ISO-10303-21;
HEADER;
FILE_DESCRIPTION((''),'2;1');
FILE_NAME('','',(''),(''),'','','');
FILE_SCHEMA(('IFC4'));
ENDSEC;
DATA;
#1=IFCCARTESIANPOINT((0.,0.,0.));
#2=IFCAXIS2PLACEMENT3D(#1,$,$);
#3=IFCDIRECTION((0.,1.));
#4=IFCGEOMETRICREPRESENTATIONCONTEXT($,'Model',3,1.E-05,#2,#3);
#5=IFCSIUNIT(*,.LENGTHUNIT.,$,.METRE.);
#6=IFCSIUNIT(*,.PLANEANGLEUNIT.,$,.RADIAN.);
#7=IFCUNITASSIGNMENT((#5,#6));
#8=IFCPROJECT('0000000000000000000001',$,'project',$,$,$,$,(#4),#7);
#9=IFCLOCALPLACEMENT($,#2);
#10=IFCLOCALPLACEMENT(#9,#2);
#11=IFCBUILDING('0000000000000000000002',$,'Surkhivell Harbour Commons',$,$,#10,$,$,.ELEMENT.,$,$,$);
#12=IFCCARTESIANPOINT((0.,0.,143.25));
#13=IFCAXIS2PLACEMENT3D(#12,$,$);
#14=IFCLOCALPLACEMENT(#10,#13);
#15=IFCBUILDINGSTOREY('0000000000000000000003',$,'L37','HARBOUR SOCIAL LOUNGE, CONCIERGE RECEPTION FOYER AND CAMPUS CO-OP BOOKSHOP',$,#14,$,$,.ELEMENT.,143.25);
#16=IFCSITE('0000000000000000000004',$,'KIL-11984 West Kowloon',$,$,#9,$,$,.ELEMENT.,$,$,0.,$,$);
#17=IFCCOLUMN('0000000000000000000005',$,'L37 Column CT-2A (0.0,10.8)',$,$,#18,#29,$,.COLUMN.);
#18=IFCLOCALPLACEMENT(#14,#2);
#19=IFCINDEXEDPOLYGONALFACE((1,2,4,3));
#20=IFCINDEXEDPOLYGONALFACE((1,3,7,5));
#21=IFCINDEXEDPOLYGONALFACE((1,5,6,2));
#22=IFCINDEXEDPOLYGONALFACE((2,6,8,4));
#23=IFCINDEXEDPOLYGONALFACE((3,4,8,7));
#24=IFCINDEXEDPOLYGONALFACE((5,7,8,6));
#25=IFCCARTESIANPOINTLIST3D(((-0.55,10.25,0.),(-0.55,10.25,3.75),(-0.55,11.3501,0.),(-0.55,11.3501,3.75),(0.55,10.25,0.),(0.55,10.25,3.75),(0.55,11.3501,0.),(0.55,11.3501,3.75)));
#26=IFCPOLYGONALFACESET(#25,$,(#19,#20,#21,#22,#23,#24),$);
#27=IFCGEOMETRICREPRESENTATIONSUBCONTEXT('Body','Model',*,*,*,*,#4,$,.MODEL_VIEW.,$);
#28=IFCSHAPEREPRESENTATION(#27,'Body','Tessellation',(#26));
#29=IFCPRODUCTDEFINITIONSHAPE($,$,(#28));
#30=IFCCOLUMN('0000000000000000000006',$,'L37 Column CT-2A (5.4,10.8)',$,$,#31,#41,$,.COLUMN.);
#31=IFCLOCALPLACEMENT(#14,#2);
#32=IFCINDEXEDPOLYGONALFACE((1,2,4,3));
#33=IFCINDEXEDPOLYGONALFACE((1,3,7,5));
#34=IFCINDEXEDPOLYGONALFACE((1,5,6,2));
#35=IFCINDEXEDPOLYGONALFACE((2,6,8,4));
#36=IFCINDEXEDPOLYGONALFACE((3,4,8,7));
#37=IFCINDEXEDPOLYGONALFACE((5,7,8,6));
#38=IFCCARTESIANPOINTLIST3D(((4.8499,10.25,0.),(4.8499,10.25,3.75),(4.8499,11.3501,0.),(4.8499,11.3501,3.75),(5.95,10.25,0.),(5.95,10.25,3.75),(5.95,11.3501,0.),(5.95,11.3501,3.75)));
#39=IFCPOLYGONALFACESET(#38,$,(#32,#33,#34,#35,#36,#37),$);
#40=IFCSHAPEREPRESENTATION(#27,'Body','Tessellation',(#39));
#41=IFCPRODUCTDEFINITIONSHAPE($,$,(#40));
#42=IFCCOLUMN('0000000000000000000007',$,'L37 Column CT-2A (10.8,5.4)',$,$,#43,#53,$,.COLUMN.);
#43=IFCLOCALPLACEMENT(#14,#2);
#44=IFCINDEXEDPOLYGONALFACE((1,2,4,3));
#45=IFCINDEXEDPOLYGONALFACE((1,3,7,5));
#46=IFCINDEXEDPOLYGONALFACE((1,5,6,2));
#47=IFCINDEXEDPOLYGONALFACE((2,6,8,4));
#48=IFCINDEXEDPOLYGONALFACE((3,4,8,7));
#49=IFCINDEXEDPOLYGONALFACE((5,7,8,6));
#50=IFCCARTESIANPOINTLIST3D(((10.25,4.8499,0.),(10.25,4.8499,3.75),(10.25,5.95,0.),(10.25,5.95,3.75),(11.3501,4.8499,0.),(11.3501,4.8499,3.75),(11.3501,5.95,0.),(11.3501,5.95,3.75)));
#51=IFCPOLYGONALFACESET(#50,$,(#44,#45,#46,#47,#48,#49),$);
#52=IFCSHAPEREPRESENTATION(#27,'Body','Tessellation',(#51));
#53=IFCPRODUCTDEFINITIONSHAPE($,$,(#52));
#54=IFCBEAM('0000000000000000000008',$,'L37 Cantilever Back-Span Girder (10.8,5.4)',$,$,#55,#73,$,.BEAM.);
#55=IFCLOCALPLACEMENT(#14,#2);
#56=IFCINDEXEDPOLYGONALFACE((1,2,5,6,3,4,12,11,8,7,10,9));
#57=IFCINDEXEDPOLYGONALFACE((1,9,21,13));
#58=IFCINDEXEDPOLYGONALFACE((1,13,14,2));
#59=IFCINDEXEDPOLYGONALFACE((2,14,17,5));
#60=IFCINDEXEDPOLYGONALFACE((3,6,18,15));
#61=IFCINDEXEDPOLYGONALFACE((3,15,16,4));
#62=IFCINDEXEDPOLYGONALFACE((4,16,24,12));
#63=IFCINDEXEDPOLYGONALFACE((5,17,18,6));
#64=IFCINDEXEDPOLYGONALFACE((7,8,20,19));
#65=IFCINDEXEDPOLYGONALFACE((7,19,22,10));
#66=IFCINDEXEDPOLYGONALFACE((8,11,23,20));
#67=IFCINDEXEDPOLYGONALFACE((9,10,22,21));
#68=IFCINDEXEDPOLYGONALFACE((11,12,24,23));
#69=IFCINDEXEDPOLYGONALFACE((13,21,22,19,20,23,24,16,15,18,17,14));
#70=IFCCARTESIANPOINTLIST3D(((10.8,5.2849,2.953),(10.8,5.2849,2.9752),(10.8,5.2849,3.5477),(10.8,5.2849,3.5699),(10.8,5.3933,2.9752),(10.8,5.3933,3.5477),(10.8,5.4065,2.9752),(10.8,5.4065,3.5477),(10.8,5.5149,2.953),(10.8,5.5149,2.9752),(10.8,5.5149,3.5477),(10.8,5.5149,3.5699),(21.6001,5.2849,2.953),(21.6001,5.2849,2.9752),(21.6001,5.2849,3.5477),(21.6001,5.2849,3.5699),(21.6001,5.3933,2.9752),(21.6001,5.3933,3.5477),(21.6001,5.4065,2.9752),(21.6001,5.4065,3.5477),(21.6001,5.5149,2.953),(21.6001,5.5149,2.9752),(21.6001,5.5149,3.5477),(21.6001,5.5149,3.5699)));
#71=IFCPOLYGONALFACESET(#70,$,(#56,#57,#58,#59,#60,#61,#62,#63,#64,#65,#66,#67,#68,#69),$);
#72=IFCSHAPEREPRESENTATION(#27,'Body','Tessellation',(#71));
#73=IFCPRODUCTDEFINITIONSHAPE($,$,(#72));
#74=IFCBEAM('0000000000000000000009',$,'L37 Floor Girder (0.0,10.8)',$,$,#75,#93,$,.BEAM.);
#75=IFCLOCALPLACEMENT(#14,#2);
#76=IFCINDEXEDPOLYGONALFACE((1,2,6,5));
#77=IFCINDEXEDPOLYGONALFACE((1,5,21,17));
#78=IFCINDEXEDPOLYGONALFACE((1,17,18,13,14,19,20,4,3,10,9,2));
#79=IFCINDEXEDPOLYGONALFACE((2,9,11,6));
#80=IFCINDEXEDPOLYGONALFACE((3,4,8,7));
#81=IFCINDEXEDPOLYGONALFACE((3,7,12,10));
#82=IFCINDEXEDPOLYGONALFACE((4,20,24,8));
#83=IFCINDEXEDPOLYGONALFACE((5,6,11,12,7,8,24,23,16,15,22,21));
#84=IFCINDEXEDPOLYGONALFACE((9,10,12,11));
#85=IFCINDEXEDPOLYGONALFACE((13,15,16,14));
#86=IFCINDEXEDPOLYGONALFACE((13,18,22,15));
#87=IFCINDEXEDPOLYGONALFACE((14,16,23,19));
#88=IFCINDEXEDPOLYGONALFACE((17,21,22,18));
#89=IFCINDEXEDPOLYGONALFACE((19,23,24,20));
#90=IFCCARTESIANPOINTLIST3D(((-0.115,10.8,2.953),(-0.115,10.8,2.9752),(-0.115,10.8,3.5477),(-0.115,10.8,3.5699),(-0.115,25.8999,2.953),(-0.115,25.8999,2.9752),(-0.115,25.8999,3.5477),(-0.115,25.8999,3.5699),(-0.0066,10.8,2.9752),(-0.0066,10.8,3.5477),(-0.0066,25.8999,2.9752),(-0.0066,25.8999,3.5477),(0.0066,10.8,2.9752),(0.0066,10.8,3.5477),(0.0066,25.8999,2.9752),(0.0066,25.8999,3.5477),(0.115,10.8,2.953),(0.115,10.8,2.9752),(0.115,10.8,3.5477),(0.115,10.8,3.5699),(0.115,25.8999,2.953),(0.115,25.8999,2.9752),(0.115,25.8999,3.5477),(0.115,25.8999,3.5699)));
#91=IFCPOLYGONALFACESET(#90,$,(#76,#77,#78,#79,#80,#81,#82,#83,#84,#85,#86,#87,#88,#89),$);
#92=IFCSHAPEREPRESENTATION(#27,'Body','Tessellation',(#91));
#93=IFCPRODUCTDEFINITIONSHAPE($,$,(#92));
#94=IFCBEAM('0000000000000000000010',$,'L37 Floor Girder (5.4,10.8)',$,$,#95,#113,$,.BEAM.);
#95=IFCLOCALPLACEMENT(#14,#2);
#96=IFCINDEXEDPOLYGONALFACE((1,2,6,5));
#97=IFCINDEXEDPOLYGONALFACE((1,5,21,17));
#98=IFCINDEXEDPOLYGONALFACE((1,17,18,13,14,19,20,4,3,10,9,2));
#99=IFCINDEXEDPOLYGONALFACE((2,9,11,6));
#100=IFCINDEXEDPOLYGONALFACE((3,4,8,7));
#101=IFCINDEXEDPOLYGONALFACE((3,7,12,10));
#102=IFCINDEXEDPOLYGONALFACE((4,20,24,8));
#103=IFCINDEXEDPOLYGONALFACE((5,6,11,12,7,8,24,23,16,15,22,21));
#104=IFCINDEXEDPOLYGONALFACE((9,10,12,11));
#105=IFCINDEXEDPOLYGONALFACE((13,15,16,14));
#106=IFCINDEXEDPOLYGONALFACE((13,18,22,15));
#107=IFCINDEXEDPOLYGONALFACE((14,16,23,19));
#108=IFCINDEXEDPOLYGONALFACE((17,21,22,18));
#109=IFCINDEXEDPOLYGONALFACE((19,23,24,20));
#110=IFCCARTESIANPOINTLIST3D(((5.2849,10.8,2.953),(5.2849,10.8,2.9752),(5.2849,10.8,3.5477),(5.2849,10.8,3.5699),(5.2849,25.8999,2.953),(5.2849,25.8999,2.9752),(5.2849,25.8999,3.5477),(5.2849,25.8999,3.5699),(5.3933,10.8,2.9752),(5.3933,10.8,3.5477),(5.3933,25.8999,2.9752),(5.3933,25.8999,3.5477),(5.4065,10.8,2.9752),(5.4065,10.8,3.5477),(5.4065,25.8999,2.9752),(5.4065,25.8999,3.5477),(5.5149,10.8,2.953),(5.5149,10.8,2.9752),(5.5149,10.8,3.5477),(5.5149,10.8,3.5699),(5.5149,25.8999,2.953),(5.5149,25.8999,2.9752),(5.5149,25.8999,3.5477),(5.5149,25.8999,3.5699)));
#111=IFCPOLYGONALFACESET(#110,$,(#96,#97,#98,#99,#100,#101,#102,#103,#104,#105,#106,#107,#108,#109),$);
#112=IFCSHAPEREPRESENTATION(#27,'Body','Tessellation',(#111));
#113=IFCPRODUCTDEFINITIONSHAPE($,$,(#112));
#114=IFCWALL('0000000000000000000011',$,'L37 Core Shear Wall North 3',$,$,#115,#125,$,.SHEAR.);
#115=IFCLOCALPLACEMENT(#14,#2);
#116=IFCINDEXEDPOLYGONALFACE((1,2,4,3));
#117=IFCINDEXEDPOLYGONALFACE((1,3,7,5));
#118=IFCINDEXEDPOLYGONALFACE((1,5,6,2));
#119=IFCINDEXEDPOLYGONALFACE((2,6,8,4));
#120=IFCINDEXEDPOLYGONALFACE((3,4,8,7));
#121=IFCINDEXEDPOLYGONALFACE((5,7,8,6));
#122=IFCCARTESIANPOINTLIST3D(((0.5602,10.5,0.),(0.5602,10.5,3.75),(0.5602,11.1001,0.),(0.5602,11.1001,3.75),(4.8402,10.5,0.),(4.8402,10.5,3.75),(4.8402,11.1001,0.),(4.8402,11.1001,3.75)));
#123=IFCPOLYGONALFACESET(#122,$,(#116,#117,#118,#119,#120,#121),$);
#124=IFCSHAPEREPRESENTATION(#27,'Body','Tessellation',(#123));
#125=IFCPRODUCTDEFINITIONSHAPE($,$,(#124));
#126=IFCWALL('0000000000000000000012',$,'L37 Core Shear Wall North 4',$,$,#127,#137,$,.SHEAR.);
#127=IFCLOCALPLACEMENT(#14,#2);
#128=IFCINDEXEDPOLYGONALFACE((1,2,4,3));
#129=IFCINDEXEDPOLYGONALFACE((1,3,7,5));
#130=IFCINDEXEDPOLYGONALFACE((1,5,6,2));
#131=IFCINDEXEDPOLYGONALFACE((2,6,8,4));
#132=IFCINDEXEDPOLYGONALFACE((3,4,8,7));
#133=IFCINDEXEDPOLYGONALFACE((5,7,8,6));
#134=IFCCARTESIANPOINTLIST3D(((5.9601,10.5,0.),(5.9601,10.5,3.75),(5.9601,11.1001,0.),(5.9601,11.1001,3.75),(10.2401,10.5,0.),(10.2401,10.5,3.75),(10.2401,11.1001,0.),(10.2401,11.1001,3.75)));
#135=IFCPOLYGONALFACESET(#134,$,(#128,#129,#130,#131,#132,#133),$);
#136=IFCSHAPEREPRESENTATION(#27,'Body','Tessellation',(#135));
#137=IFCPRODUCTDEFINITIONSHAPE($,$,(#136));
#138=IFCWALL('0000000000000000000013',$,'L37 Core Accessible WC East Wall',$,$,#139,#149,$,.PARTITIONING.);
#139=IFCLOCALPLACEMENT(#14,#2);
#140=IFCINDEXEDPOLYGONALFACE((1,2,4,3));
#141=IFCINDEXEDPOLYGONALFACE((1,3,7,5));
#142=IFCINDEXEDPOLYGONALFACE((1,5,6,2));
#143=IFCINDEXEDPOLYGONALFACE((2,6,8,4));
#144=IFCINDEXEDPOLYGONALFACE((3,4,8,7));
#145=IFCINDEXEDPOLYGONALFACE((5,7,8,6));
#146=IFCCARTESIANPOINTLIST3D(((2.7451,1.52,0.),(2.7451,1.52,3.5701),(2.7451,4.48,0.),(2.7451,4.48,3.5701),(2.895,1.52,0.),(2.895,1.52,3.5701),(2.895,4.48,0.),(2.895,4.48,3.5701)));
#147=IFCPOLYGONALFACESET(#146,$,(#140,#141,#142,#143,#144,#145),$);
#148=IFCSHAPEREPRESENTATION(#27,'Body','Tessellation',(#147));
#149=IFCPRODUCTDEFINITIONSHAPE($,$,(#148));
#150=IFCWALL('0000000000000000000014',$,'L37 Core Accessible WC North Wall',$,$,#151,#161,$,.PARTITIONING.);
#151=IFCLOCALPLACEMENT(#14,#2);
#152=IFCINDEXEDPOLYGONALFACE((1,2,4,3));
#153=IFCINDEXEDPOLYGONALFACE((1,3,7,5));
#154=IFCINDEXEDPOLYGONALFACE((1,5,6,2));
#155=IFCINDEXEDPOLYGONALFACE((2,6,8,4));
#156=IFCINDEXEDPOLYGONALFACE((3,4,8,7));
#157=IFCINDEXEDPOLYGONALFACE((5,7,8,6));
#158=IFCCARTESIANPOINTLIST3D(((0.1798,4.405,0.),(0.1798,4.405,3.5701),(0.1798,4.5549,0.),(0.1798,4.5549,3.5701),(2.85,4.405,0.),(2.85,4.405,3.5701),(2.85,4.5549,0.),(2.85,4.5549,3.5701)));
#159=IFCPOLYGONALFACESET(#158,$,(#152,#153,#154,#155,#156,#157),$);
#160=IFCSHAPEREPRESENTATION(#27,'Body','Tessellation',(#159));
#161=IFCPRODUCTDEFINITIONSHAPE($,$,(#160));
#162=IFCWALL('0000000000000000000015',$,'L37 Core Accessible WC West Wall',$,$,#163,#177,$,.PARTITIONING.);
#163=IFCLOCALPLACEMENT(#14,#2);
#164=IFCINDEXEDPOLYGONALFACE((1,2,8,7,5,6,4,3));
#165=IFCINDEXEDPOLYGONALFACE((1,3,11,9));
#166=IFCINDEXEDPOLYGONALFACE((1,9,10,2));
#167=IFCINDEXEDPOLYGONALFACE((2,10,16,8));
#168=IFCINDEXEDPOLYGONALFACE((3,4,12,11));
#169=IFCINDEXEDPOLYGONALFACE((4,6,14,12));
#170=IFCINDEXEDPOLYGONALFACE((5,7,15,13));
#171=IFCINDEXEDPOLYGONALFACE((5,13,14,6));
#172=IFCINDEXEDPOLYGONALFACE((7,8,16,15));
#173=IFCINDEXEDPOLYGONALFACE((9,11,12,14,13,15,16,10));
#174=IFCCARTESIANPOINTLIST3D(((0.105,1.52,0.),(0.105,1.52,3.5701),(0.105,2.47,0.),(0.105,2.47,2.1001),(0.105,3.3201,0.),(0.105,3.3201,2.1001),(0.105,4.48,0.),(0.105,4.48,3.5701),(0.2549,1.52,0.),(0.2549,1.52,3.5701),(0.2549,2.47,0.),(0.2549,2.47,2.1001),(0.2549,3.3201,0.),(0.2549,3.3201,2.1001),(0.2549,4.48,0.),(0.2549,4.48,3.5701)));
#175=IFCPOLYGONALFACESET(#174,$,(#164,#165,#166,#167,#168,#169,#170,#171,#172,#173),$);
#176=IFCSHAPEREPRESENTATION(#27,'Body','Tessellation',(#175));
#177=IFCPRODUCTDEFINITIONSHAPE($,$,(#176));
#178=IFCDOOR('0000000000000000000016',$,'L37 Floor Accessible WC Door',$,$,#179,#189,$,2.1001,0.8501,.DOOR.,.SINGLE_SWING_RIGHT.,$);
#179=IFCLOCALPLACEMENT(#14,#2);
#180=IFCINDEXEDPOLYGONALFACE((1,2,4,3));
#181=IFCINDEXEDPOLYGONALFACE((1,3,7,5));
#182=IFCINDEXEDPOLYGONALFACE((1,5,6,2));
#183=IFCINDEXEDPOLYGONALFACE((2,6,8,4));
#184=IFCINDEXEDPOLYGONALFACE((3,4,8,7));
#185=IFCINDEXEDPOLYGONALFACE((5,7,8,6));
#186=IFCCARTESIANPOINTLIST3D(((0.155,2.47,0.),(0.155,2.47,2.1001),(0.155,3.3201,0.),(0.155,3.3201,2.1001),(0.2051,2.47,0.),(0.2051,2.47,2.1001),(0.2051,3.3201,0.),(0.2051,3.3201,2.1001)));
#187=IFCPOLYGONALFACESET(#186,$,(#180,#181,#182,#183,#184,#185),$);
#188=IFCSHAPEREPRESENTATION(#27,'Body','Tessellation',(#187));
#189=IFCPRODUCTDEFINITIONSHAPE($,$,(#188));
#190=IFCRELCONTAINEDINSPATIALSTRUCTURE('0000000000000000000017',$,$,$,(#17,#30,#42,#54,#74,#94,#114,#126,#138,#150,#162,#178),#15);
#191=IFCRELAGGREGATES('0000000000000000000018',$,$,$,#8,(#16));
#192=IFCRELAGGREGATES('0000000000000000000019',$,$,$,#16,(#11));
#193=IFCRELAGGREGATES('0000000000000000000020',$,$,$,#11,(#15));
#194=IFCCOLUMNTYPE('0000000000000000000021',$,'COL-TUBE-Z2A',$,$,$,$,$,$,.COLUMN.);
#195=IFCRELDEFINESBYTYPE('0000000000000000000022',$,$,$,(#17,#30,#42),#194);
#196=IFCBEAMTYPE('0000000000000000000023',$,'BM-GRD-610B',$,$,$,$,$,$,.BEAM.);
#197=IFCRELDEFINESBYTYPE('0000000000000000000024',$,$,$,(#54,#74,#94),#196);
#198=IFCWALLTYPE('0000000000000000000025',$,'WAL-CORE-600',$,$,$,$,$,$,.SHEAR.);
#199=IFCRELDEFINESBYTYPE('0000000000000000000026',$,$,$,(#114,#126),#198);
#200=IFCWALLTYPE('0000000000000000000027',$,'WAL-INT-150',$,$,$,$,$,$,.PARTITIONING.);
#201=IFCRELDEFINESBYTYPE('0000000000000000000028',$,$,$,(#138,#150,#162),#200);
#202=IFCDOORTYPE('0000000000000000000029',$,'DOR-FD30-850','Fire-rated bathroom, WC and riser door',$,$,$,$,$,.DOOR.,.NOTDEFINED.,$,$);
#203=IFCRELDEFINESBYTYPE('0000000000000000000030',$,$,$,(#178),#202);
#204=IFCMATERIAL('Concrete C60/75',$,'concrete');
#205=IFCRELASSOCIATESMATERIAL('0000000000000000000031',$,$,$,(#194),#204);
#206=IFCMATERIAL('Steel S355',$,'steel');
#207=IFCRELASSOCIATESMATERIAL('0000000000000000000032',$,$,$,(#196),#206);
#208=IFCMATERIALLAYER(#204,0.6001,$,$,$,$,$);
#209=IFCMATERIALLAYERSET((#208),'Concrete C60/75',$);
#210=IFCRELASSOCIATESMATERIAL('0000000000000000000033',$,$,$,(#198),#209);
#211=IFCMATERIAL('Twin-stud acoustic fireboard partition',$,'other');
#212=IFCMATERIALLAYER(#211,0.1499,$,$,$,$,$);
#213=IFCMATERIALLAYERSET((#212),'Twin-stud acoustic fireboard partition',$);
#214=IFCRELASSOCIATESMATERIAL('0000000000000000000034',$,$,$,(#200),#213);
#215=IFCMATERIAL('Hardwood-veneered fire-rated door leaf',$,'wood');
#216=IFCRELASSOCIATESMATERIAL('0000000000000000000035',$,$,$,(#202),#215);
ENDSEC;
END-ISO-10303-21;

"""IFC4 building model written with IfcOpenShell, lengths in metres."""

from ifc_helpers import new_model, si_unit, direction, frame, frame_2d, origin, origin_2d, place, context, subcontext, project, spatial, rectangle, i_section, extrude, material, layer, layer_set, material_profile, profile_set, type_object, element, fill, save


model = new_model("IFC4")

# Units and contexts
model_context = context("Model", 3, precision=1e-05, world=origin(), true_north=direction((0.0, 1.0)))
body_context = subcontext(model_context, "Body", "Model", "MODEL_VIEW")
ifc_project = project(units=[si_unit("LENGTHUNIT", "METRE"), si_unit("PLANEANGLEUNIT", "RADIAN")], contexts=[model_context])

# Site, building, storey
site_placement = place(None, origin())
site = spatial("IfcSite", under=ifc_project, at=site_placement, Name="KIL-11984 West Kowloon", CompositionType="ELEMENT", RefElevation=0.0)
building_placement = place(site_placement, origin())
building = spatial("IfcBuilding", under=site, at=building_placement, Name="Surkhivell Harbour Commons", CompositionType="ELEMENT")
storey_placement = place(building_placement, frame((0.0, 0.0, 143.25)))
storey = spatial("IfcBuildingStorey", under=building, at=storey_placement, Name="L37", Description="HARBOUR SOCIAL LOUNGE, CONCIERGE RECEPTION FOYER AND CAMPUS CO-OP BOOKSHOP", CompositionType="ELEMENT", Elevation=143.25)

# Columns
ifc_material_1 = material(Name="Concrete C60/75", Category="concrete")
ifc_material_profile_1 = material_profile(ifc_material_1, rectangle(XDim=1.1001, YDim=1.1001, at=origin_2d()), Name="RC-COL-1100x1100")
ifc_profile_set_1 = profile_set([ifc_material_profile_1], Name="Concrete C60/75")
column_type = type_object("IfcColumnType", Name="COL-TUBE-Z2A", PredefinedType="COLUMN", material=ifc_profile_set_1)
for number, where, z_axis, x_axis, name in (
    (1, (0.0, 10.8, 0.0), (0.0, 0.0, 1.0), (1.0, 0.0, 0.0), "L37 Column CT-2A (0.0,10.8)"),
    (2, (5.3999, 10.8, 0.0), (0.0, 0.0, 1.0), (1.0, 0.0, 0.0), "L37 Column CT-2A (5.4,10.8)"),
    (3, (10.8, 5.3999, 0.0), (0.0, 0.0, 1.0), (1.0, 0.0, 0.0), "L37 Column CT-2A (10.8,5.4)"),
):
    element("IfcColumn", number, at=place(storey_placement, frame(where, z_axis=z_axis, x_axis=x_axis)), inside=storey, type_object=column_type, Name=name, PredefinedType="COLUMN", context=body_context, shape_type="SweptSolid", body=[
        extrude(rectangle(XDim=1.1001, YDim=1.1001, at=origin_2d()), origin(), (0.0, 0.0, 1.0), 3.75),
    ])

# Beams
ifc_material_2 = material(Name="Steel S355", Category="steel")
ifc_material_profile_2 = material_profile(ifc_material_2, i_section(OverallWidth=0.23, OverallDepth=0.6169, WebThickness=0.0132, FlangeThickness=0.0222, at=origin_2d()), Name="UB610x229x140")
ifc_profile_set_2 = profile_set([ifc_material_profile_2], Name="Steel S355")
beam_type = type_object("IfcBeamType", Name="BM-GRD-610B", PredefinedType="BEAM", material=ifc_profile_set_2)
beam_placement = place(storey_placement, frame((10.8, 5.3999, 3.2615), z_axis=(1.0, 0.0, 0.0), x_axis=(0.0, 1.0, 0.0)))
element("IfcBeam", 4, at=beam_placement, inside=storey, type_object=beam_type, Name="L37 Cantilever Back-Span Girder (10.8,5.4)", PredefinedType="BEAM", context=body_context, shape_type="SweptSolid", body=[
    extrude(i_section(OverallWidth=0.23, OverallDepth=0.6169, WebThickness=0.0132, FlangeThickness=0.0222, at=origin_2d()), origin(), (0.0, 0.0, 1.0), 10.8),
])
for number, where, z_axis, x_axis, name in (
    (5, (0.0, 10.8, 3.2615), (0.0, 1.0, 0.0), (-1.0, 0.0, 0.0), "L37 Floor Girder (0.0,10.8)"),
    (6, (5.3999, 10.8, 3.2615), (0.0, 1.0, 0.0), (-1.0, 0.0, 0.0), "L37 Floor Girder (5.4,10.8)"),
):
    element("IfcBeam", number, at=place(storey_placement, frame(where, z_axis=z_axis, x_axis=x_axis)), inside=storey, type_object=beam_type, Name=name, PredefinedType="BEAM", context=body_context, shape_type="SweptSolid", body=[
        extrude(i_section(OverallWidth=0.23, OverallDepth=0.6169, WebThickness=0.0132, FlangeThickness=0.0222, at=origin_2d()), origin(), (0.0, 0.0, 1.0), 15.0999),
    ])

# Walls
ifc_layer_1 = layer(ifc_material_1, 0.6001)
ifc_layer_set_1 = layer_set([ifc_layer_1], Name="Concrete C60/75")
wall_type_1 = type_object("IfcWallType", Name="WAL-CORE-600", PredefinedType="SHEAR", material=ifc_layer_set_1)
for number, where, z_axis, x_axis, name in (
    (7, (0.5601, 10.8, 0.0), (0.0, 0.0, 1.0), (1.0, 0.0, 0.0), "L37 Core Shear Wall North 3"),
    (8, (5.96, 10.8, 0.0), (0.0, 0.0, 1.0), (1.0, 0.0, 0.0), "L37 Core Shear Wall North 4"),
):
    element("IfcWall", number, at=place(storey_placement, frame(where, z_axis=z_axis, x_axis=x_axis)), inside=storey, type_object=wall_type_1, Name=name, PredefinedType="SHEAR", context=body_context, shape_type="SweptSolid", body=[
        extrude(rectangle(XDim=4.28, YDim=0.6001, at=frame_2d((2.1401, 0.0))), origin(), (0.0, 0.0, 1.0), 3.75),
    ])
ifc_material_3 = material(Name="Twin-stud acoustic fireboard partition", Category="other")
ifc_layer_2 = layer(ifc_material_3, 0.1499)
ifc_layer_set_2 = layer_set([ifc_layer_2], Name="Twin-stud acoustic fireboard partition")
wall_type_2 = type_object("IfcWallType", Name="WAL-INT-150", PredefinedType="PARTITIONING", material=ifc_layer_set_2)
wall_1_placement = place(storey_placement, frame((2.8201, 1.52, 0.0), z_axis=(0.0, 0.0, 1.0), x_axis=(0.0, 1.0, 0.0)))
element("IfcWall", 9, at=wall_1_placement, inside=storey, type_object=wall_type_2, Name="L37 Core Accessible WC East Wall", PredefinedType="PARTITIONING", context=body_context, shape_type="SweptSolid", body=[
    extrude(rectangle(XDim=2.96, YDim=0.1499, at=frame_2d((1.48, 0.0))), origin(), (0.0, 0.0, 1.0), 3.5701),
])
wall_2_placement = place(storey_placement, frame((0.1799, 4.48, 0.0), z_axis=(0.0, 0.0, 1.0), x_axis=(1.0, 0.0, 0.0)))
element("IfcWall", 10, at=wall_2_placement, inside=storey, type_object=wall_type_2, Name="L37 Core Accessible WC North Wall", PredefinedType="PARTITIONING", context=body_context, shape_type="SweptSolid", body=[
    extrude(rectangle(XDim=2.6702, YDim=0.1499, at=frame_2d((1.335, 0.0))), origin(), (0.0, 0.0, 1.0), 3.5701),
])

# Wall, opening, door
wall_3_placement = place(storey_placement, frame((0.1799, 1.52, 0.0), z_axis=(0.0, 0.0, 1.0), x_axis=(0.0, 1.0, 0.0)))
wall_3 = element("IfcWall", 11, at=wall_3_placement, inside=storey, type_object=wall_type_2, Name="L37 Core Accessible WC West Wall", PredefinedType="PARTITIONING", context=body_context, shape_type="SweptSolid", body=[
    extrude(rectangle(XDim=2.96, YDim=0.1499, at=frame_2d((1.48, 0.0))), origin(), (0.0, 0.0, 1.0), 3.5701),
])
opening_1_placement = place(wall_3_placement, frame((0.95, 0.0, 0.0)))
opening_1 = element("IfcOpeningElement", 12, at=opening_1_placement, cuts=wall_3, PredefinedType="OPENING", context=body_context, shape_type="SweptSolid", body=[
    extrude(rectangle(XDim=0.8501, YDim=2.1001, at=frame_2d((0.425, 1.05))), frame((0.0, 0.085, 0.0), z_axis=(0.0, -1.0, 0.0), x_axis=(1.0, 0.0, 0.0)), (0.0, 0.0, 1.0), 0.1699),
])
ifc_material_4 = material(Name="Hardwood-veneered fire-rated door leaf", Category="wood")
door_type_1 = type_object("IfcDoorType", Name="DOR-FD30-850", Description="Fire-rated bathroom, WC and riser door", OperationType="NOTDEFINED", PredefinedType="DOOR", material=ifc_material_4)
door_1_placement = place(opening_1_placement, origin())
door_1 = element("IfcDoor", 13, at=door_1_placement, inside=storey, type_object=door_type_1, Name="L37 Floor Accessible WC Door", OperationType="SINGLE_SWING_RIGHT", OverallHeight=2.1001, OverallWidth=0.8501, PredefinedType="DOOR", context=body_context, shape_type="SweptSolid", body=[
    extrude(rectangle(XDim=0.8501, YDim=2.1001, at=frame_2d((0.425, 1.05))), frame((0.0, 0.0249, 0.0), z_axis=(0.0, -1.0, 0.0), x_axis=(1.0, 0.0, 0.0)), (0.0, 0.0, 1.0), 0.05),
])
fill(opening_1, door_1)

save(model, "model.ifc")
